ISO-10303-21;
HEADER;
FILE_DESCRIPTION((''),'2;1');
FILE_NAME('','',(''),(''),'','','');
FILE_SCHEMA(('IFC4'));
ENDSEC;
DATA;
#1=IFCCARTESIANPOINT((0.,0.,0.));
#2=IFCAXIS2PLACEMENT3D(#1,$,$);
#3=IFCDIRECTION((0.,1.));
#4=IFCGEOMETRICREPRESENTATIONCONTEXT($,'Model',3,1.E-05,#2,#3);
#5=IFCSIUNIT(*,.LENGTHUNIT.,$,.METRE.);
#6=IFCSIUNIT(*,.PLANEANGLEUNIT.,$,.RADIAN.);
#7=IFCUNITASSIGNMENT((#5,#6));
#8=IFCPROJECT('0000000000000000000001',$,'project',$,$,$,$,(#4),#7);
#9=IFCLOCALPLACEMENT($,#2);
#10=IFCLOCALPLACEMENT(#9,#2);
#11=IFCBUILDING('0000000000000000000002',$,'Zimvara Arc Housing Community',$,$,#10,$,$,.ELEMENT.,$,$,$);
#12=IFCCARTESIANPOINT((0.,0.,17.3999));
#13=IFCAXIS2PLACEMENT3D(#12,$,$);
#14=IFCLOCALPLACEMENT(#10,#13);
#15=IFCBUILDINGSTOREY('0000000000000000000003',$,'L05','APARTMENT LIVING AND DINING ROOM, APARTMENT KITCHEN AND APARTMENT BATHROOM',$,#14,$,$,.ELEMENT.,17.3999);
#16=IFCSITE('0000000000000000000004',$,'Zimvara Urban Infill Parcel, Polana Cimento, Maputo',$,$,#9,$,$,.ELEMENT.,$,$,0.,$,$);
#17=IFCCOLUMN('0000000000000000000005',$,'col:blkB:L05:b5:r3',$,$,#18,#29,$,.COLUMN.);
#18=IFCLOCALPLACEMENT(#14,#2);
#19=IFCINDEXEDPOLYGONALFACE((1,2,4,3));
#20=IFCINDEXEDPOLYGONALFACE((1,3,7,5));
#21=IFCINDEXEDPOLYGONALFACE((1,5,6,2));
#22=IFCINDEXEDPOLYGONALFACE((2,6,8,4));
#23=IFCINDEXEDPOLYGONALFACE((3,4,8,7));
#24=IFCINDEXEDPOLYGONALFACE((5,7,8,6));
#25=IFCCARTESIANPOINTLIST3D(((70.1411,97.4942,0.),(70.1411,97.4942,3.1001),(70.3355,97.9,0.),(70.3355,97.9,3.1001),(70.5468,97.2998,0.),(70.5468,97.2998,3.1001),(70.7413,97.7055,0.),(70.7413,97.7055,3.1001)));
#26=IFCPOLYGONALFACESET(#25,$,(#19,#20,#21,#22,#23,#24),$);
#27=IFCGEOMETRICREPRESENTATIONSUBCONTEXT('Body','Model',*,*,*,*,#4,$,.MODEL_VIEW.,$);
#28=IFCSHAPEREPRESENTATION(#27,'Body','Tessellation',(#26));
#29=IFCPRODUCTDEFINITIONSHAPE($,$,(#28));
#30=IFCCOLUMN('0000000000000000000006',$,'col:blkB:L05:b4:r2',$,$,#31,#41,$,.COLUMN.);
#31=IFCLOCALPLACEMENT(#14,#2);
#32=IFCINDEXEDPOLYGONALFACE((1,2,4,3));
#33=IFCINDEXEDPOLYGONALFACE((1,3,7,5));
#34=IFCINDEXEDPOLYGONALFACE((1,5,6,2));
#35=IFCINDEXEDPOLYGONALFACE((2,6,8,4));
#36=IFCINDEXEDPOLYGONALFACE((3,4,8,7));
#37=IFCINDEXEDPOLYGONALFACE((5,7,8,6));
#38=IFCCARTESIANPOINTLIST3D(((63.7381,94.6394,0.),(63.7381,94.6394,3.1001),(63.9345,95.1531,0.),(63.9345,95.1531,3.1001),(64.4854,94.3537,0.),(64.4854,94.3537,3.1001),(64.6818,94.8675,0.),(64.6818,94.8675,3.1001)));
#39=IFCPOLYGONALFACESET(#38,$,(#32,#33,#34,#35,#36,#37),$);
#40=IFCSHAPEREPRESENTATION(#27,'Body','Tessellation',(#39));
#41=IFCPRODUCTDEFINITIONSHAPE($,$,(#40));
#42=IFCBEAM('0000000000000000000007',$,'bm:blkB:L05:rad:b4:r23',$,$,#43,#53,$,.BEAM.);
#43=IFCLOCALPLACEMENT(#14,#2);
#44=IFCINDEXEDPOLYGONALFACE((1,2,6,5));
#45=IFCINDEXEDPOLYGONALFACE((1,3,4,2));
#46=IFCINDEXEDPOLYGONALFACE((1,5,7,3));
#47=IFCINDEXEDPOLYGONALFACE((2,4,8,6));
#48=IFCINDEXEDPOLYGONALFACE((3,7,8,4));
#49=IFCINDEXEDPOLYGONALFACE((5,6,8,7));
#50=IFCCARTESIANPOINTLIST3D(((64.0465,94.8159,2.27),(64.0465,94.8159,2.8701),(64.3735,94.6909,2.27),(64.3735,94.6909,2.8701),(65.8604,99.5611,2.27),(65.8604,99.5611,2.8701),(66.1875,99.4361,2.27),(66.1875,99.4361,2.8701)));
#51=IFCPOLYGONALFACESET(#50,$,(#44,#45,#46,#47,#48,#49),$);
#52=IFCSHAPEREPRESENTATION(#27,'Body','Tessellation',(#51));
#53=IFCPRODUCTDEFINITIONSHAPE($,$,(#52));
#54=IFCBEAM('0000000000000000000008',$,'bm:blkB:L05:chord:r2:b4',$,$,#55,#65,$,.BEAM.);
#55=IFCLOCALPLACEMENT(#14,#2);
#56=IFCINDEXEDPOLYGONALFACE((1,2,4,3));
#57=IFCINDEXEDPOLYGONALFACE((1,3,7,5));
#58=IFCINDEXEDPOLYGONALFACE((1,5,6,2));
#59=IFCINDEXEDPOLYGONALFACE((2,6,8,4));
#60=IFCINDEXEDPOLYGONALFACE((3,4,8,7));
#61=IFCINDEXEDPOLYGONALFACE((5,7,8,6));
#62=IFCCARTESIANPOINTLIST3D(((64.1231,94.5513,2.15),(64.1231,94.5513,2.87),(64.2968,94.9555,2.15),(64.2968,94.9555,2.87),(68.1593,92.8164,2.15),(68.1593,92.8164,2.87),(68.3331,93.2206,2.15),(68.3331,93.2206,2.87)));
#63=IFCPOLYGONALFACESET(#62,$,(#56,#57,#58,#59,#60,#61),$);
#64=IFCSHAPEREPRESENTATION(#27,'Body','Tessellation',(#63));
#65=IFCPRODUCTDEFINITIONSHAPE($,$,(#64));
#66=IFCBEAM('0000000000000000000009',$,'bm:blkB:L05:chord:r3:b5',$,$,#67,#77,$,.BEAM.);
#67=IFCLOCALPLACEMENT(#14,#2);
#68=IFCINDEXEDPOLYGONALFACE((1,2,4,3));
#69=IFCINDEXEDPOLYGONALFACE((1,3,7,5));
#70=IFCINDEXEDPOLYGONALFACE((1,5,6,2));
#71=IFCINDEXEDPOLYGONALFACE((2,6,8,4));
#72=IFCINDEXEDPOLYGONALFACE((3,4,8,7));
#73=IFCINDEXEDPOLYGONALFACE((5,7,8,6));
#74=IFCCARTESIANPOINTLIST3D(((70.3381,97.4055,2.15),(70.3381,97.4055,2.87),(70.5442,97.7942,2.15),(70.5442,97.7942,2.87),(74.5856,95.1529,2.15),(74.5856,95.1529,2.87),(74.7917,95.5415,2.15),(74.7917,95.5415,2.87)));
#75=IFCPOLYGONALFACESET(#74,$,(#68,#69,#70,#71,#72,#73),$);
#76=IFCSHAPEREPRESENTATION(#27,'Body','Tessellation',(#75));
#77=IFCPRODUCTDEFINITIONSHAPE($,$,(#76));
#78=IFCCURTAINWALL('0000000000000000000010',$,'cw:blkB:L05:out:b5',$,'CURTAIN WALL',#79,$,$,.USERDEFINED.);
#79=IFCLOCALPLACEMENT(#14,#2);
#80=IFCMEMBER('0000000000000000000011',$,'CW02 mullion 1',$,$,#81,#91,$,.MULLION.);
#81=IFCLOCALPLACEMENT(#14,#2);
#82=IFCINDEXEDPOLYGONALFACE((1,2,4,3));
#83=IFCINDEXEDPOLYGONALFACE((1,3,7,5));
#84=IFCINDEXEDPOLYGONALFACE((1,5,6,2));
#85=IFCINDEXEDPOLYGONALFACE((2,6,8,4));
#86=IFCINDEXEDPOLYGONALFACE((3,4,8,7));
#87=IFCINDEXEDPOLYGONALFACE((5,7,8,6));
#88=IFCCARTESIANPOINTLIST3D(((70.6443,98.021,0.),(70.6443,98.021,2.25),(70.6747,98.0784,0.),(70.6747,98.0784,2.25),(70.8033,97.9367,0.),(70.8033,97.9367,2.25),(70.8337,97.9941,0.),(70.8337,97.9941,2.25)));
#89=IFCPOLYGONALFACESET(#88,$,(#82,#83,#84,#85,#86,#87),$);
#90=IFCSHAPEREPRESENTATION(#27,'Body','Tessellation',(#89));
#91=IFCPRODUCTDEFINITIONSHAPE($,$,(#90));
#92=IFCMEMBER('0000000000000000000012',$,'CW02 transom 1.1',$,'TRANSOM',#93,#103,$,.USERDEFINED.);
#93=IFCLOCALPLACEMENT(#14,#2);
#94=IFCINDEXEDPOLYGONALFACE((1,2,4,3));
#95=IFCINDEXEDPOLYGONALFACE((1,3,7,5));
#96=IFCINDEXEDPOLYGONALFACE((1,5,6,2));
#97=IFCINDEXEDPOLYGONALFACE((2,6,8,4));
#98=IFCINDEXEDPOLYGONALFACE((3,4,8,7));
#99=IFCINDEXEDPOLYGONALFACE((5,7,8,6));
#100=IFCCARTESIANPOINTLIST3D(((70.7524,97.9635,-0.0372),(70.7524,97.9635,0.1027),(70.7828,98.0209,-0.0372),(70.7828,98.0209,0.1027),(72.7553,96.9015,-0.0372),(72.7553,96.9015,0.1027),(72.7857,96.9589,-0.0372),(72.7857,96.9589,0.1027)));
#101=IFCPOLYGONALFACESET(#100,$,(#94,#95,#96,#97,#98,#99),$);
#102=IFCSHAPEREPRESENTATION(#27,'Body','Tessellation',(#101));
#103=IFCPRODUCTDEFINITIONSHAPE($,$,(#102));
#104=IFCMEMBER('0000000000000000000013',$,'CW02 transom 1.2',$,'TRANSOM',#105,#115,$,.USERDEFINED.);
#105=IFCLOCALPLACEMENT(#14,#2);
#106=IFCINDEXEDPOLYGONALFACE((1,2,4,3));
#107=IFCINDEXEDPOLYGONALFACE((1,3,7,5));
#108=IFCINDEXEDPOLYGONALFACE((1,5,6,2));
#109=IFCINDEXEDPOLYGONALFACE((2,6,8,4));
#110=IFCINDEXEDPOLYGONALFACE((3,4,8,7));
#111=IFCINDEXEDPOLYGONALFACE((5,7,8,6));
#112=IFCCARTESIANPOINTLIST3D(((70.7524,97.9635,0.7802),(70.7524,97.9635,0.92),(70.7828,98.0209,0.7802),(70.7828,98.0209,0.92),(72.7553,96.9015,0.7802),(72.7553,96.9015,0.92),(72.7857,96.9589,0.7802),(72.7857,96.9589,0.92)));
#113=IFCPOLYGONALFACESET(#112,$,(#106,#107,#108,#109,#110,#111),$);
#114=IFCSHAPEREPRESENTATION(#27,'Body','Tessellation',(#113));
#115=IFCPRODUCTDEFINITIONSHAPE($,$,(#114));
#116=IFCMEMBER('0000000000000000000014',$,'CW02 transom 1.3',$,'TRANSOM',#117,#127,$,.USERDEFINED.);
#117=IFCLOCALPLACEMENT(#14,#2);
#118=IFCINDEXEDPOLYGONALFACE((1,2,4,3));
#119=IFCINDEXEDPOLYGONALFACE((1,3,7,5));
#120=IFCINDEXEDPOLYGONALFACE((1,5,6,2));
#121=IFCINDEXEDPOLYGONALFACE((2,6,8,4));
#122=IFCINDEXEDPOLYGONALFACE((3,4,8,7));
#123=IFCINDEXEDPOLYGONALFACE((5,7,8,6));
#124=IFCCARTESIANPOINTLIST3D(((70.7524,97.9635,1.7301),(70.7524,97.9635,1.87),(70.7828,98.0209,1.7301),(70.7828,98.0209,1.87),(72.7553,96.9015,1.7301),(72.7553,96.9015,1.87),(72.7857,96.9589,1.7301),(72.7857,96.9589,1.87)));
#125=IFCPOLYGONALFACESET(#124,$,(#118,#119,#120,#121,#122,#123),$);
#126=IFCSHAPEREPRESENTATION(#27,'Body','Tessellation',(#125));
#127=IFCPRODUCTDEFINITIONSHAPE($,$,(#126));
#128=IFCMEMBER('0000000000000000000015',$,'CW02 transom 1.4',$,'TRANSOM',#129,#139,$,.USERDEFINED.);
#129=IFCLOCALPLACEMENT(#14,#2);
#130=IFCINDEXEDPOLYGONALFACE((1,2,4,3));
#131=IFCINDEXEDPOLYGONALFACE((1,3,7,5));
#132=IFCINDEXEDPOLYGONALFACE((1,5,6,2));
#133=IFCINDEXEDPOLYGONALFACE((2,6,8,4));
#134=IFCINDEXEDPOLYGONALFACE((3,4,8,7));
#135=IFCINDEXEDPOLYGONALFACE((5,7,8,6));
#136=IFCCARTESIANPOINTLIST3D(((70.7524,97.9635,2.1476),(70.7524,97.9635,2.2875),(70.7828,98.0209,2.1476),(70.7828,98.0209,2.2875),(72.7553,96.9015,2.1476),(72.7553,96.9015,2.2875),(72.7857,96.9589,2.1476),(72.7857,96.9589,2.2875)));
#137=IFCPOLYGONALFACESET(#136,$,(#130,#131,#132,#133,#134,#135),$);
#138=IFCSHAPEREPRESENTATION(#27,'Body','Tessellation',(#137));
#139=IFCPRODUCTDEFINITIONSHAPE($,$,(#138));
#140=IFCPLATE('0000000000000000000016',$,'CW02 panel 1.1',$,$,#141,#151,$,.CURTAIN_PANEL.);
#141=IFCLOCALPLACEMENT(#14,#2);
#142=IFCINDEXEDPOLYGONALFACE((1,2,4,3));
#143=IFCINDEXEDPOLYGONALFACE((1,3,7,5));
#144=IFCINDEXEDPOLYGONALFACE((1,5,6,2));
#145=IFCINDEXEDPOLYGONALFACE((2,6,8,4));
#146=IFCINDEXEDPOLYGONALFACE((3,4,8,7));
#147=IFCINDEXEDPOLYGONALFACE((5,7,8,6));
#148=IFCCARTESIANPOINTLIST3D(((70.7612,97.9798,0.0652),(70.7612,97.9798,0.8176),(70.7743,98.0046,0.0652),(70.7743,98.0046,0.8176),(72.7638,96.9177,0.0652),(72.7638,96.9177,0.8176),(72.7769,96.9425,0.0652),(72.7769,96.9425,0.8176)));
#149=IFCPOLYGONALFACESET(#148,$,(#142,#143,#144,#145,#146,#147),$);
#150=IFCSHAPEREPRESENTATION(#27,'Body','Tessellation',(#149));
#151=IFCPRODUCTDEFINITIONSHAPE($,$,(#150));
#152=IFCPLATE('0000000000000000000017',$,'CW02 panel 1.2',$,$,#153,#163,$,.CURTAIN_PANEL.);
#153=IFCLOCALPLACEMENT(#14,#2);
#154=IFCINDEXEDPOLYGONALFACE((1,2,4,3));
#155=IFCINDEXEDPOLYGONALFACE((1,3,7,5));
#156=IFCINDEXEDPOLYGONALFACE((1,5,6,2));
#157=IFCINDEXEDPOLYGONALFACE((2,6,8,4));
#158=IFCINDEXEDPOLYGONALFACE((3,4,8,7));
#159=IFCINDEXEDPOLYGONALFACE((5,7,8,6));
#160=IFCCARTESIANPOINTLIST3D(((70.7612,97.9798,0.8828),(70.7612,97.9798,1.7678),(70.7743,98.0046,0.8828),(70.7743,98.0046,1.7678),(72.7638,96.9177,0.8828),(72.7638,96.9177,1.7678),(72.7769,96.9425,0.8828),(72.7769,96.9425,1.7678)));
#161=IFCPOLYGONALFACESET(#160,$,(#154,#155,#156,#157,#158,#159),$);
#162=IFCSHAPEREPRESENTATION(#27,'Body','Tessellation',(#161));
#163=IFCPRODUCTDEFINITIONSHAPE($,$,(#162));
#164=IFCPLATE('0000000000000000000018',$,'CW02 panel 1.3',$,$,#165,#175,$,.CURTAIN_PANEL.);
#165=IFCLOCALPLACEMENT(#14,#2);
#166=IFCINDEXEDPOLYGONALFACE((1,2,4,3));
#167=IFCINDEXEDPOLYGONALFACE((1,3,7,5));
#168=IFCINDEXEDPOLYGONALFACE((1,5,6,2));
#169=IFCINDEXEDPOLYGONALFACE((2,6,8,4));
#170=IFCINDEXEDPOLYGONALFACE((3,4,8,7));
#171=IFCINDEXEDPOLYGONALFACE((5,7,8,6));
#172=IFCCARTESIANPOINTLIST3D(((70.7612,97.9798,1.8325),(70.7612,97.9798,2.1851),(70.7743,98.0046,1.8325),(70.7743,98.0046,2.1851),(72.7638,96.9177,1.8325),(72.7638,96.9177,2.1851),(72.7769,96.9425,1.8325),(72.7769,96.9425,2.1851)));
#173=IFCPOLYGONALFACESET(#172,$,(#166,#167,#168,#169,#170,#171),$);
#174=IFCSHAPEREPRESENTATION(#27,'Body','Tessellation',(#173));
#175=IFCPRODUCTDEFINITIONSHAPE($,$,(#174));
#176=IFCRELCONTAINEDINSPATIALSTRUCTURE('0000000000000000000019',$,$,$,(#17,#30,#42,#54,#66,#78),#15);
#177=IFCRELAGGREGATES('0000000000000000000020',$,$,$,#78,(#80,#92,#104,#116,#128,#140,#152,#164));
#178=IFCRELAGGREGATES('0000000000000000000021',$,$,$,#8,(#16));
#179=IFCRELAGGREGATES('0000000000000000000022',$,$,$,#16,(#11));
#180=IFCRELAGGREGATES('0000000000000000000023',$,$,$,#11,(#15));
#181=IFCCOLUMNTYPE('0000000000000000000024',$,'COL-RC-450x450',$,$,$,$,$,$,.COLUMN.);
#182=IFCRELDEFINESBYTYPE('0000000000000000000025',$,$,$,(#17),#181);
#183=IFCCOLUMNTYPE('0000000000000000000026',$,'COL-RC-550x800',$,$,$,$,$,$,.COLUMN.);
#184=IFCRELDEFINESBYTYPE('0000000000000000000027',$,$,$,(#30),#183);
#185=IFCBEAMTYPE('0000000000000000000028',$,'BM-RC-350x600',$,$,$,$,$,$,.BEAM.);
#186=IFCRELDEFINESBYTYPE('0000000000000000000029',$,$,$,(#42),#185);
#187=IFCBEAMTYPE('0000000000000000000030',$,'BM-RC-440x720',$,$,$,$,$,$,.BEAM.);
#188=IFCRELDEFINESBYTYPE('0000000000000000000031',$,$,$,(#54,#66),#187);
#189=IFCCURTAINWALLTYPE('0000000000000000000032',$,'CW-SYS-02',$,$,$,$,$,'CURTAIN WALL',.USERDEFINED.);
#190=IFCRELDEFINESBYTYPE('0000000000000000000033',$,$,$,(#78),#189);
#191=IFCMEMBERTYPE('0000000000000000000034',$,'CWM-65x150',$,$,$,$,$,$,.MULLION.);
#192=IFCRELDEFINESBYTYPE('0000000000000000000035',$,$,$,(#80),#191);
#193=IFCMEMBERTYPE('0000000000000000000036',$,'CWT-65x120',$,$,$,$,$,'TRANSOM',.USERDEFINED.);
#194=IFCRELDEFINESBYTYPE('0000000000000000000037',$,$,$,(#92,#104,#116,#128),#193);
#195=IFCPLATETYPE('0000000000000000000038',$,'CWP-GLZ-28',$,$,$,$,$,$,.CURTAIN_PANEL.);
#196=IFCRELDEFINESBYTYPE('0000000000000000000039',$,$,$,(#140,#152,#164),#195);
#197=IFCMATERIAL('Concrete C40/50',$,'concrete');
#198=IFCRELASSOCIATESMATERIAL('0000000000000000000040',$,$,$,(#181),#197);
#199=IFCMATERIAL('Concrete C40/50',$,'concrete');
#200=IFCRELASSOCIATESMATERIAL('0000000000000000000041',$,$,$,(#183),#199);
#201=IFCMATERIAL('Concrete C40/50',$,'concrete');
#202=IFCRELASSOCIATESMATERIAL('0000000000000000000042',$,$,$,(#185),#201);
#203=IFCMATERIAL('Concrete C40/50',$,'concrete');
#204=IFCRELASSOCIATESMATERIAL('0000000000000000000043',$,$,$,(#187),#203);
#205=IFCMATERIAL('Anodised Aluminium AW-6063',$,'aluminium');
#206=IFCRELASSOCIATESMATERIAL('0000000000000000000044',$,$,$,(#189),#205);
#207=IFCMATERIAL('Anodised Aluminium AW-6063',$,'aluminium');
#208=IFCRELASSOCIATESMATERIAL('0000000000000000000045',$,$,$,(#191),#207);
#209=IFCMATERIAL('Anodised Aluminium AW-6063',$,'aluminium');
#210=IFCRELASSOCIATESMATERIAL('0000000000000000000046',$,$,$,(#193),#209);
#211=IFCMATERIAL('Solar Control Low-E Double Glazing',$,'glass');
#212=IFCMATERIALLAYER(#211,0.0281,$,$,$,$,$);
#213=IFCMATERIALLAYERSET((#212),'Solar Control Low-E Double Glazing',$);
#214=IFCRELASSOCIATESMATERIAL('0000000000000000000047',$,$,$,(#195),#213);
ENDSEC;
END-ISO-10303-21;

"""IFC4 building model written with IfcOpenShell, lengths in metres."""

from ifc_helpers import new_model, si_unit, direction, frame, origin, origin_2d, place, context, subcontext, project, spatial, rectangle, extrude, material, layer, layer_set, material_profile, profile_set, type_object, element, aggregate, save


model = new_model("IFC4")

# Units and contexts
model_context = context("Model", 3, precision=1e-05, world=origin(), true_north=direction((0.0, 1.0)))
body_context = subcontext(model_context, "Body", "Model", "MODEL_VIEW")
ifc_project = project(units=[si_unit("LENGTHUNIT", "METRE"), si_unit("PLANEANGLEUNIT", "RADIAN")], contexts=[model_context])

# Site, building, storey
site_placement = place(None, origin())
site = spatial("IfcSite", under=ifc_project, at=site_placement, Name="Zimvara Urban Infill Parcel, Polana Cimento, Maputo", CompositionType="ELEMENT", RefElevation=0.0)
building_placement = place(site_placement, origin())
building = spatial("IfcBuilding", under=site, at=building_placement, Name="Zimvara Arc Housing Community", CompositionType="ELEMENT")
storey_placement = place(building_placement, frame((0.0, 0.0, 17.3999)))
storey = spatial("IfcBuildingStorey", under=building, at=storey_placement, Name="L05", Description="APARTMENT LIVING AND DINING ROOM, APARTMENT KITCHEN AND APARTMENT BATHROOM", CompositionType="ELEMENT", Elevation=17.3999)

# Columns
ifc_material_1 = material(Name="Concrete C40/50", Category="concrete")
ifc_material_profile_1 = material_profile(ifc_material_1, rectangle(XDim=0.45, YDim=0.45, at=origin_2d()), Name="RC 450x450")
ifc_profile_set_1 = profile_set([ifc_material_profile_1], Name="Concrete C40/50")
column_type_1 = type_object("IfcColumnType", Name="COL-RC-450x450", PredefinedType="COLUMN", material=ifc_profile_set_1)
column_1_placement = place(storey_placement, frame((70.4412, 97.5999, 0.0), z_axis=(0.0, 0.0, 1.0), x_axis=(0.432086, 0.901833, 0.0)))
element("IfcColumn", 1, at=column_1_placement, inside=storey, type_object=column_type_1, Name="col:blkB:L05:b5:r3", PredefinedType="COLUMN", context=body_context, shape_type="SweptSolid", body=[
    extrude(rectangle(XDim=0.45, YDim=0.45, at=origin_2d()), origin(), (0.0, 0.0, 1.0), 3.1001),
])
ifc_material_2 = material(Name="Concrete C40/50", Category="concrete")
ifc_material_profile_2 = material_profile(ifc_material_2, rectangle(XDim=0.55, YDim=0.8, at=origin_2d()), Name="RC 550x800")
ifc_profile_set_2 = profile_set([ifc_material_profile_2], Name="Concrete C40/50")
column_type_2 = type_object("IfcColumnType", Name="COL-RC-550x800", PredefinedType="COLUMN", material=ifc_profile_set_2)
column_2_placement = place(storey_placement, frame((64.21, 94.7534, 0.0), z_axis=(0.0, 0.0, 1.0), x_axis=(0.357064, 0.93408, 0.0)))
element("IfcColumn", 2, at=column_2_placement, inside=storey, type_object=column_type_2, Name="col:blkB:L05:b4:r2", PredefinedType="COLUMN", context=body_context, shape_type="SweptSolid", body=[
    extrude(rectangle(XDim=0.55, YDim=0.8, at=origin_2d()), origin(), (0.0, 0.0, 1.0), 3.1001),
])

# Beams
ifc_material_3 = material(Name="Concrete C40/50", Category="concrete")
ifc_material_profile_3 = material_profile(ifc_material_3, rectangle(XDim=0.3501, YDim=0.6001, at=origin_2d()), Name="RC 350x600")
ifc_profile_set_3 = profile_set([ifc_material_profile_3], Name="Concrete C40/50")
beam_type_1 = type_object("IfcBeamType", Name="BM-RC-350x600", PredefinedType="BEAM", material=ifc_profile_set_3)
beam_1_placement = place(storey_placement, frame((64.21, 94.7534, 2.5701), z_axis=(0.357078, 0.934074, 0.0), x_axis=(-0.934074, 0.357078, 0.0)))
element("IfcBeam", 3, at=beam_1_placement, inside=storey, type_object=beam_type_1, Name="bm:blkB:L05:rad:b4:r23", PredefinedType="BEAM", context=body_context, shape_type="SweptSolid", body=[
    extrude(rectangle(XDim=0.3501, YDim=0.6001, at=origin_2d()), origin(), (0.0, 0.0, 1.0), 5.0801),
])
ifc_material_4 = material(Name="Concrete C40/50", Category="concrete")
ifc_material_profile_4 = material_profile(ifc_material_4, rectangle(XDim=0.4399, YDim=0.72, at=origin_2d()), Name="RC 440x720")
ifc_profile_set_4 = profile_set([ifc_material_profile_4], Name="Concrete C40/50")
beam_type_2 = type_object("IfcBeamType", Name="BM-RC-440x720", PredefinedType="BEAM", material=ifc_profile_set_4)
beam_2_placement = place(storey_placement, frame((64.21, 94.7534, 2.51), z_axis=(0.918725, -0.394898, 0.0), x_axis=(0.394898, 0.918725, 0.0)))
element("IfcBeam", 4, at=beam_2_placement, inside=storey, type_object=beam_type_2, Name="bm:blkB:L05:chord:r2:b4", PredefinedType="BEAM", context=body_context, shape_type="SweptSolid", body=[
    extrude(rectangle(XDim=0.4399, YDim=0.72, at=origin_2d()), origin(), (0.0, 0.0, 1.0), 4.3933),
])
beam_3_placement = place(storey_placement, frame((70.4412, 97.5999, 2.51), z_axis=(0.883446, -0.468534, 0.0), x_axis=(0.468534, 0.883446, 0.0)))
element("IfcBeam", 5, at=beam_3_placement, inside=storey, type_object=beam_type_2, Name="bm:blkB:L05:chord:r3:b5", PredefinedType="BEAM", context=body_context, shape_type="SweptSolid", body=[
    extrude(rectangle(XDim=0.4399, YDim=0.72, at=origin_2d()), origin(), (0.0, 0.0, 1.0), 4.8079),
])

# Curtain wall, members, plates
ifc_material_5 = material(Name="Anodised Aluminium AW-6063", Category="aluminium")
curtain_wall_type = type_object("IfcCurtainWallType", Name="CW-SYS-02", ElementType="CURTAIN WALL", PredefinedType="USERDEFINED", material=ifc_material_5)
curtain_wall_placement = place(storey_placement, origin())
curtain_wall = element("IfcCurtainWall", 6, at=curtain_wall_placement, inside=storey, type_object=curtain_wall_type, Name="cw:blkB:L05:out:b5", ObjectType="CURTAIN WALL", PredefinedType="USERDEFINED")
ifc_material_6 = material(Name="Anodised Aluminium AW-6063", Category="aluminium")
ifc_material_profile_5 = material_profile(ifc_material_6, rectangle(XDim=0.0649, YDim=0.1799, at=origin_2d()), Name="ALU 65x180")
ifc_profile_set_5 = profile_set([ifc_material_profile_5], Name="Anodised Aluminium AW-6063")
member_type_1 = type_object("IfcMemberType", Name="CWM-65x150", PredefinedType="MULLION", material=ifc_profile_set_5)
member_1_placement = place(storey_placement, frame((70.739, 98.0076, 0.0), z_axis=(0.0, 0.0, 1.0), x_axis=(0.468547, 0.883439, 0.0)))
member_1 = element("IfcMember", 7, at=member_1_placement, type_object=member_type_1, Name="CW02 mullion 1", PredefinedType="MULLION", context=body_context, shape_type="SweptSolid", body=[
    extrude(rectangle(XDim=0.0649, YDim=0.1799, at=origin_2d()), origin(), (0.0, 0.0, 1.0), 2.25),
])
ifc_material_7 = material(Name="Anodised Aluminium AW-6063", Category="aluminium")
ifc_material_profile_6 = material_profile(ifc_material_7, rectangle(XDim=0.0649, YDim=0.1399, at=origin_2d()), Name="ALU 65x140")
ifc_profile_set_6 = profile_set([ifc_material_profile_6], Name="Anodised Aluminium AW-6063")
member_type_2 = type_object("IfcMemberType", Name="CWT-65x120", ElementType="TRANSOM", PredefinedType="USERDEFINED", material=ifc_profile_set_6)
member_2_placement = place(storey_placement, frame((70.7676, 97.9922, 0.0327), z_axis=(0.883489, -0.468452, 0.0), x_axis=(0.468452, 0.883489, 0.0)))
member_2 = element("IfcMember", 8, at=member_2_placement, type_object=member_type_2, Name="CW02 transom 1.1", ObjectType="TRANSOM", PredefinedType="USERDEFINED", context=body_context, shape_type="SweptSolid", body=[
    extrude(rectangle(XDim=0.0649, YDim=0.1399, at=origin_2d()), origin(), (0.0, 0.0, 1.0), 2.2671),
])
member_3_placement = place(storey_placement, frame((70.7676, 97.9922, 0.8501), z_axis=(0.883489, -0.468452, 0.0), x_axis=(0.468452, 0.883489, 0.0)))
member_3 = element("IfcMember", 9, at=member_3_placement, type_object=member_type_2, Name="CW02 transom 1.2", ObjectType="TRANSOM", PredefinedType="USERDEFINED", context=body_context, shape_type="SweptSolid", body=[
    extrude(rectangle(XDim=0.0649, YDim=0.1399, at=origin_2d()), origin(), (0.0, 0.0, 1.0), 2.2671),
])
member_4_placement = place(storey_placement, frame((70.7676, 97.9922, 1.8), z_axis=(0.883489, -0.468452, 0.0), x_axis=(0.468452, 0.883489, 0.0)))
member_4 = element("IfcMember", 10, at=member_4_placement, type_object=member_type_2, Name="CW02 transom 1.3", ObjectType="TRANSOM", PredefinedType="USERDEFINED", context=body_context, shape_type="SweptSolid", body=[
    extrude(rectangle(XDim=0.0649, YDim=0.1399, at=origin_2d()), origin(), (0.0, 0.0, 1.0), 2.2671),
])
member_5_placement = place(storey_placement, frame((70.7676, 97.9922, 2.2175), z_axis=(0.883489, -0.468452, 0.0), x_axis=(0.468452, 0.883489, 0.0)))
member_5 = element("IfcMember", 11, at=member_5_placement, type_object=member_type_2, Name="CW02 transom 1.4", ObjectType="TRANSOM", PredefinedType="USERDEFINED", context=body_context, shape_type="SweptSolid", body=[
    extrude(rectangle(XDim=0.0649, YDim=0.1399, at=origin_2d()), origin(), (0.0, 0.0, 1.0), 2.2671),
])
ifc_material_8 = material(Name="Solar Control Low-E Double Glazing", Category="glass")
ifc_layer_1 = layer(ifc_material_8, 0.0281)
ifc_layer_set_1 = layer_set([ifc_layer_1], Name="Solar Control Low-E Double Glazing")
plate_type = type_object("IfcPlateType", Name="CWP-GLZ-28", PredefinedType="CURTAIN_PANEL", material=ifc_layer_set_1)
plate_1_placement = place(storey_placement, frame((71.769, 97.4612, 0.0652), z_axis=(0.0, 0.0, 1.0), x_axis=(0.883439, -0.468547, 0.0)))
plate_1 = element("IfcPlate", 12, at=plate_1_placement, type_object=plate_type, Name="CW02 panel 1.1", PredefinedType="CURTAIN_PANEL", context=body_context, shape_type="SweptSolid", body=[
    extrude(rectangle(XDim=2.2668, YDim=0.0281, at=origin_2d()), origin(), (0.0, 0.0, 1.0), 0.7524),
])
plate_2_placement = place(storey_placement, frame((71.769, 97.4612, 0.8828), z_axis=(0.0, 0.0, 1.0), x_axis=(0.883439, -0.468547, 0.0)))
plate_2 = element("IfcPlate", 13, at=plate_2_placement, type_object=plate_type, Name="CW02 panel 1.2", PredefinedType="CURTAIN_PANEL", context=body_context, shape_type="SweptSolid", body=[
    extrude(rectangle(XDim=2.2668, YDim=0.0281, at=origin_2d()), origin(), (0.0, 0.0, 1.0), 0.885),
])
plate_3_placement = place(storey_placement, frame((71.769, 97.4612, 1.8325), z_axis=(0.0, 0.0, 1.0), x_axis=(0.883439, -0.468547, 0.0)))
plate_3 = element("IfcPlate", 14, at=plate_3_placement, type_object=plate_type, Name="CW02 panel 1.3", PredefinedType="CURTAIN_PANEL", context=body_context, shape_type="SweptSolid", body=[
    extrude(rectangle(XDim=2.2668, YDim=0.0281, at=origin_2d()), origin(), (0.0, 0.0, 1.0), 0.3525),
])
aggregate(curtain_wall, [member_1, member_2, member_3, member_4, member_5, plate_1, plate_2, plate_3])

save(model, "model.ifc")
